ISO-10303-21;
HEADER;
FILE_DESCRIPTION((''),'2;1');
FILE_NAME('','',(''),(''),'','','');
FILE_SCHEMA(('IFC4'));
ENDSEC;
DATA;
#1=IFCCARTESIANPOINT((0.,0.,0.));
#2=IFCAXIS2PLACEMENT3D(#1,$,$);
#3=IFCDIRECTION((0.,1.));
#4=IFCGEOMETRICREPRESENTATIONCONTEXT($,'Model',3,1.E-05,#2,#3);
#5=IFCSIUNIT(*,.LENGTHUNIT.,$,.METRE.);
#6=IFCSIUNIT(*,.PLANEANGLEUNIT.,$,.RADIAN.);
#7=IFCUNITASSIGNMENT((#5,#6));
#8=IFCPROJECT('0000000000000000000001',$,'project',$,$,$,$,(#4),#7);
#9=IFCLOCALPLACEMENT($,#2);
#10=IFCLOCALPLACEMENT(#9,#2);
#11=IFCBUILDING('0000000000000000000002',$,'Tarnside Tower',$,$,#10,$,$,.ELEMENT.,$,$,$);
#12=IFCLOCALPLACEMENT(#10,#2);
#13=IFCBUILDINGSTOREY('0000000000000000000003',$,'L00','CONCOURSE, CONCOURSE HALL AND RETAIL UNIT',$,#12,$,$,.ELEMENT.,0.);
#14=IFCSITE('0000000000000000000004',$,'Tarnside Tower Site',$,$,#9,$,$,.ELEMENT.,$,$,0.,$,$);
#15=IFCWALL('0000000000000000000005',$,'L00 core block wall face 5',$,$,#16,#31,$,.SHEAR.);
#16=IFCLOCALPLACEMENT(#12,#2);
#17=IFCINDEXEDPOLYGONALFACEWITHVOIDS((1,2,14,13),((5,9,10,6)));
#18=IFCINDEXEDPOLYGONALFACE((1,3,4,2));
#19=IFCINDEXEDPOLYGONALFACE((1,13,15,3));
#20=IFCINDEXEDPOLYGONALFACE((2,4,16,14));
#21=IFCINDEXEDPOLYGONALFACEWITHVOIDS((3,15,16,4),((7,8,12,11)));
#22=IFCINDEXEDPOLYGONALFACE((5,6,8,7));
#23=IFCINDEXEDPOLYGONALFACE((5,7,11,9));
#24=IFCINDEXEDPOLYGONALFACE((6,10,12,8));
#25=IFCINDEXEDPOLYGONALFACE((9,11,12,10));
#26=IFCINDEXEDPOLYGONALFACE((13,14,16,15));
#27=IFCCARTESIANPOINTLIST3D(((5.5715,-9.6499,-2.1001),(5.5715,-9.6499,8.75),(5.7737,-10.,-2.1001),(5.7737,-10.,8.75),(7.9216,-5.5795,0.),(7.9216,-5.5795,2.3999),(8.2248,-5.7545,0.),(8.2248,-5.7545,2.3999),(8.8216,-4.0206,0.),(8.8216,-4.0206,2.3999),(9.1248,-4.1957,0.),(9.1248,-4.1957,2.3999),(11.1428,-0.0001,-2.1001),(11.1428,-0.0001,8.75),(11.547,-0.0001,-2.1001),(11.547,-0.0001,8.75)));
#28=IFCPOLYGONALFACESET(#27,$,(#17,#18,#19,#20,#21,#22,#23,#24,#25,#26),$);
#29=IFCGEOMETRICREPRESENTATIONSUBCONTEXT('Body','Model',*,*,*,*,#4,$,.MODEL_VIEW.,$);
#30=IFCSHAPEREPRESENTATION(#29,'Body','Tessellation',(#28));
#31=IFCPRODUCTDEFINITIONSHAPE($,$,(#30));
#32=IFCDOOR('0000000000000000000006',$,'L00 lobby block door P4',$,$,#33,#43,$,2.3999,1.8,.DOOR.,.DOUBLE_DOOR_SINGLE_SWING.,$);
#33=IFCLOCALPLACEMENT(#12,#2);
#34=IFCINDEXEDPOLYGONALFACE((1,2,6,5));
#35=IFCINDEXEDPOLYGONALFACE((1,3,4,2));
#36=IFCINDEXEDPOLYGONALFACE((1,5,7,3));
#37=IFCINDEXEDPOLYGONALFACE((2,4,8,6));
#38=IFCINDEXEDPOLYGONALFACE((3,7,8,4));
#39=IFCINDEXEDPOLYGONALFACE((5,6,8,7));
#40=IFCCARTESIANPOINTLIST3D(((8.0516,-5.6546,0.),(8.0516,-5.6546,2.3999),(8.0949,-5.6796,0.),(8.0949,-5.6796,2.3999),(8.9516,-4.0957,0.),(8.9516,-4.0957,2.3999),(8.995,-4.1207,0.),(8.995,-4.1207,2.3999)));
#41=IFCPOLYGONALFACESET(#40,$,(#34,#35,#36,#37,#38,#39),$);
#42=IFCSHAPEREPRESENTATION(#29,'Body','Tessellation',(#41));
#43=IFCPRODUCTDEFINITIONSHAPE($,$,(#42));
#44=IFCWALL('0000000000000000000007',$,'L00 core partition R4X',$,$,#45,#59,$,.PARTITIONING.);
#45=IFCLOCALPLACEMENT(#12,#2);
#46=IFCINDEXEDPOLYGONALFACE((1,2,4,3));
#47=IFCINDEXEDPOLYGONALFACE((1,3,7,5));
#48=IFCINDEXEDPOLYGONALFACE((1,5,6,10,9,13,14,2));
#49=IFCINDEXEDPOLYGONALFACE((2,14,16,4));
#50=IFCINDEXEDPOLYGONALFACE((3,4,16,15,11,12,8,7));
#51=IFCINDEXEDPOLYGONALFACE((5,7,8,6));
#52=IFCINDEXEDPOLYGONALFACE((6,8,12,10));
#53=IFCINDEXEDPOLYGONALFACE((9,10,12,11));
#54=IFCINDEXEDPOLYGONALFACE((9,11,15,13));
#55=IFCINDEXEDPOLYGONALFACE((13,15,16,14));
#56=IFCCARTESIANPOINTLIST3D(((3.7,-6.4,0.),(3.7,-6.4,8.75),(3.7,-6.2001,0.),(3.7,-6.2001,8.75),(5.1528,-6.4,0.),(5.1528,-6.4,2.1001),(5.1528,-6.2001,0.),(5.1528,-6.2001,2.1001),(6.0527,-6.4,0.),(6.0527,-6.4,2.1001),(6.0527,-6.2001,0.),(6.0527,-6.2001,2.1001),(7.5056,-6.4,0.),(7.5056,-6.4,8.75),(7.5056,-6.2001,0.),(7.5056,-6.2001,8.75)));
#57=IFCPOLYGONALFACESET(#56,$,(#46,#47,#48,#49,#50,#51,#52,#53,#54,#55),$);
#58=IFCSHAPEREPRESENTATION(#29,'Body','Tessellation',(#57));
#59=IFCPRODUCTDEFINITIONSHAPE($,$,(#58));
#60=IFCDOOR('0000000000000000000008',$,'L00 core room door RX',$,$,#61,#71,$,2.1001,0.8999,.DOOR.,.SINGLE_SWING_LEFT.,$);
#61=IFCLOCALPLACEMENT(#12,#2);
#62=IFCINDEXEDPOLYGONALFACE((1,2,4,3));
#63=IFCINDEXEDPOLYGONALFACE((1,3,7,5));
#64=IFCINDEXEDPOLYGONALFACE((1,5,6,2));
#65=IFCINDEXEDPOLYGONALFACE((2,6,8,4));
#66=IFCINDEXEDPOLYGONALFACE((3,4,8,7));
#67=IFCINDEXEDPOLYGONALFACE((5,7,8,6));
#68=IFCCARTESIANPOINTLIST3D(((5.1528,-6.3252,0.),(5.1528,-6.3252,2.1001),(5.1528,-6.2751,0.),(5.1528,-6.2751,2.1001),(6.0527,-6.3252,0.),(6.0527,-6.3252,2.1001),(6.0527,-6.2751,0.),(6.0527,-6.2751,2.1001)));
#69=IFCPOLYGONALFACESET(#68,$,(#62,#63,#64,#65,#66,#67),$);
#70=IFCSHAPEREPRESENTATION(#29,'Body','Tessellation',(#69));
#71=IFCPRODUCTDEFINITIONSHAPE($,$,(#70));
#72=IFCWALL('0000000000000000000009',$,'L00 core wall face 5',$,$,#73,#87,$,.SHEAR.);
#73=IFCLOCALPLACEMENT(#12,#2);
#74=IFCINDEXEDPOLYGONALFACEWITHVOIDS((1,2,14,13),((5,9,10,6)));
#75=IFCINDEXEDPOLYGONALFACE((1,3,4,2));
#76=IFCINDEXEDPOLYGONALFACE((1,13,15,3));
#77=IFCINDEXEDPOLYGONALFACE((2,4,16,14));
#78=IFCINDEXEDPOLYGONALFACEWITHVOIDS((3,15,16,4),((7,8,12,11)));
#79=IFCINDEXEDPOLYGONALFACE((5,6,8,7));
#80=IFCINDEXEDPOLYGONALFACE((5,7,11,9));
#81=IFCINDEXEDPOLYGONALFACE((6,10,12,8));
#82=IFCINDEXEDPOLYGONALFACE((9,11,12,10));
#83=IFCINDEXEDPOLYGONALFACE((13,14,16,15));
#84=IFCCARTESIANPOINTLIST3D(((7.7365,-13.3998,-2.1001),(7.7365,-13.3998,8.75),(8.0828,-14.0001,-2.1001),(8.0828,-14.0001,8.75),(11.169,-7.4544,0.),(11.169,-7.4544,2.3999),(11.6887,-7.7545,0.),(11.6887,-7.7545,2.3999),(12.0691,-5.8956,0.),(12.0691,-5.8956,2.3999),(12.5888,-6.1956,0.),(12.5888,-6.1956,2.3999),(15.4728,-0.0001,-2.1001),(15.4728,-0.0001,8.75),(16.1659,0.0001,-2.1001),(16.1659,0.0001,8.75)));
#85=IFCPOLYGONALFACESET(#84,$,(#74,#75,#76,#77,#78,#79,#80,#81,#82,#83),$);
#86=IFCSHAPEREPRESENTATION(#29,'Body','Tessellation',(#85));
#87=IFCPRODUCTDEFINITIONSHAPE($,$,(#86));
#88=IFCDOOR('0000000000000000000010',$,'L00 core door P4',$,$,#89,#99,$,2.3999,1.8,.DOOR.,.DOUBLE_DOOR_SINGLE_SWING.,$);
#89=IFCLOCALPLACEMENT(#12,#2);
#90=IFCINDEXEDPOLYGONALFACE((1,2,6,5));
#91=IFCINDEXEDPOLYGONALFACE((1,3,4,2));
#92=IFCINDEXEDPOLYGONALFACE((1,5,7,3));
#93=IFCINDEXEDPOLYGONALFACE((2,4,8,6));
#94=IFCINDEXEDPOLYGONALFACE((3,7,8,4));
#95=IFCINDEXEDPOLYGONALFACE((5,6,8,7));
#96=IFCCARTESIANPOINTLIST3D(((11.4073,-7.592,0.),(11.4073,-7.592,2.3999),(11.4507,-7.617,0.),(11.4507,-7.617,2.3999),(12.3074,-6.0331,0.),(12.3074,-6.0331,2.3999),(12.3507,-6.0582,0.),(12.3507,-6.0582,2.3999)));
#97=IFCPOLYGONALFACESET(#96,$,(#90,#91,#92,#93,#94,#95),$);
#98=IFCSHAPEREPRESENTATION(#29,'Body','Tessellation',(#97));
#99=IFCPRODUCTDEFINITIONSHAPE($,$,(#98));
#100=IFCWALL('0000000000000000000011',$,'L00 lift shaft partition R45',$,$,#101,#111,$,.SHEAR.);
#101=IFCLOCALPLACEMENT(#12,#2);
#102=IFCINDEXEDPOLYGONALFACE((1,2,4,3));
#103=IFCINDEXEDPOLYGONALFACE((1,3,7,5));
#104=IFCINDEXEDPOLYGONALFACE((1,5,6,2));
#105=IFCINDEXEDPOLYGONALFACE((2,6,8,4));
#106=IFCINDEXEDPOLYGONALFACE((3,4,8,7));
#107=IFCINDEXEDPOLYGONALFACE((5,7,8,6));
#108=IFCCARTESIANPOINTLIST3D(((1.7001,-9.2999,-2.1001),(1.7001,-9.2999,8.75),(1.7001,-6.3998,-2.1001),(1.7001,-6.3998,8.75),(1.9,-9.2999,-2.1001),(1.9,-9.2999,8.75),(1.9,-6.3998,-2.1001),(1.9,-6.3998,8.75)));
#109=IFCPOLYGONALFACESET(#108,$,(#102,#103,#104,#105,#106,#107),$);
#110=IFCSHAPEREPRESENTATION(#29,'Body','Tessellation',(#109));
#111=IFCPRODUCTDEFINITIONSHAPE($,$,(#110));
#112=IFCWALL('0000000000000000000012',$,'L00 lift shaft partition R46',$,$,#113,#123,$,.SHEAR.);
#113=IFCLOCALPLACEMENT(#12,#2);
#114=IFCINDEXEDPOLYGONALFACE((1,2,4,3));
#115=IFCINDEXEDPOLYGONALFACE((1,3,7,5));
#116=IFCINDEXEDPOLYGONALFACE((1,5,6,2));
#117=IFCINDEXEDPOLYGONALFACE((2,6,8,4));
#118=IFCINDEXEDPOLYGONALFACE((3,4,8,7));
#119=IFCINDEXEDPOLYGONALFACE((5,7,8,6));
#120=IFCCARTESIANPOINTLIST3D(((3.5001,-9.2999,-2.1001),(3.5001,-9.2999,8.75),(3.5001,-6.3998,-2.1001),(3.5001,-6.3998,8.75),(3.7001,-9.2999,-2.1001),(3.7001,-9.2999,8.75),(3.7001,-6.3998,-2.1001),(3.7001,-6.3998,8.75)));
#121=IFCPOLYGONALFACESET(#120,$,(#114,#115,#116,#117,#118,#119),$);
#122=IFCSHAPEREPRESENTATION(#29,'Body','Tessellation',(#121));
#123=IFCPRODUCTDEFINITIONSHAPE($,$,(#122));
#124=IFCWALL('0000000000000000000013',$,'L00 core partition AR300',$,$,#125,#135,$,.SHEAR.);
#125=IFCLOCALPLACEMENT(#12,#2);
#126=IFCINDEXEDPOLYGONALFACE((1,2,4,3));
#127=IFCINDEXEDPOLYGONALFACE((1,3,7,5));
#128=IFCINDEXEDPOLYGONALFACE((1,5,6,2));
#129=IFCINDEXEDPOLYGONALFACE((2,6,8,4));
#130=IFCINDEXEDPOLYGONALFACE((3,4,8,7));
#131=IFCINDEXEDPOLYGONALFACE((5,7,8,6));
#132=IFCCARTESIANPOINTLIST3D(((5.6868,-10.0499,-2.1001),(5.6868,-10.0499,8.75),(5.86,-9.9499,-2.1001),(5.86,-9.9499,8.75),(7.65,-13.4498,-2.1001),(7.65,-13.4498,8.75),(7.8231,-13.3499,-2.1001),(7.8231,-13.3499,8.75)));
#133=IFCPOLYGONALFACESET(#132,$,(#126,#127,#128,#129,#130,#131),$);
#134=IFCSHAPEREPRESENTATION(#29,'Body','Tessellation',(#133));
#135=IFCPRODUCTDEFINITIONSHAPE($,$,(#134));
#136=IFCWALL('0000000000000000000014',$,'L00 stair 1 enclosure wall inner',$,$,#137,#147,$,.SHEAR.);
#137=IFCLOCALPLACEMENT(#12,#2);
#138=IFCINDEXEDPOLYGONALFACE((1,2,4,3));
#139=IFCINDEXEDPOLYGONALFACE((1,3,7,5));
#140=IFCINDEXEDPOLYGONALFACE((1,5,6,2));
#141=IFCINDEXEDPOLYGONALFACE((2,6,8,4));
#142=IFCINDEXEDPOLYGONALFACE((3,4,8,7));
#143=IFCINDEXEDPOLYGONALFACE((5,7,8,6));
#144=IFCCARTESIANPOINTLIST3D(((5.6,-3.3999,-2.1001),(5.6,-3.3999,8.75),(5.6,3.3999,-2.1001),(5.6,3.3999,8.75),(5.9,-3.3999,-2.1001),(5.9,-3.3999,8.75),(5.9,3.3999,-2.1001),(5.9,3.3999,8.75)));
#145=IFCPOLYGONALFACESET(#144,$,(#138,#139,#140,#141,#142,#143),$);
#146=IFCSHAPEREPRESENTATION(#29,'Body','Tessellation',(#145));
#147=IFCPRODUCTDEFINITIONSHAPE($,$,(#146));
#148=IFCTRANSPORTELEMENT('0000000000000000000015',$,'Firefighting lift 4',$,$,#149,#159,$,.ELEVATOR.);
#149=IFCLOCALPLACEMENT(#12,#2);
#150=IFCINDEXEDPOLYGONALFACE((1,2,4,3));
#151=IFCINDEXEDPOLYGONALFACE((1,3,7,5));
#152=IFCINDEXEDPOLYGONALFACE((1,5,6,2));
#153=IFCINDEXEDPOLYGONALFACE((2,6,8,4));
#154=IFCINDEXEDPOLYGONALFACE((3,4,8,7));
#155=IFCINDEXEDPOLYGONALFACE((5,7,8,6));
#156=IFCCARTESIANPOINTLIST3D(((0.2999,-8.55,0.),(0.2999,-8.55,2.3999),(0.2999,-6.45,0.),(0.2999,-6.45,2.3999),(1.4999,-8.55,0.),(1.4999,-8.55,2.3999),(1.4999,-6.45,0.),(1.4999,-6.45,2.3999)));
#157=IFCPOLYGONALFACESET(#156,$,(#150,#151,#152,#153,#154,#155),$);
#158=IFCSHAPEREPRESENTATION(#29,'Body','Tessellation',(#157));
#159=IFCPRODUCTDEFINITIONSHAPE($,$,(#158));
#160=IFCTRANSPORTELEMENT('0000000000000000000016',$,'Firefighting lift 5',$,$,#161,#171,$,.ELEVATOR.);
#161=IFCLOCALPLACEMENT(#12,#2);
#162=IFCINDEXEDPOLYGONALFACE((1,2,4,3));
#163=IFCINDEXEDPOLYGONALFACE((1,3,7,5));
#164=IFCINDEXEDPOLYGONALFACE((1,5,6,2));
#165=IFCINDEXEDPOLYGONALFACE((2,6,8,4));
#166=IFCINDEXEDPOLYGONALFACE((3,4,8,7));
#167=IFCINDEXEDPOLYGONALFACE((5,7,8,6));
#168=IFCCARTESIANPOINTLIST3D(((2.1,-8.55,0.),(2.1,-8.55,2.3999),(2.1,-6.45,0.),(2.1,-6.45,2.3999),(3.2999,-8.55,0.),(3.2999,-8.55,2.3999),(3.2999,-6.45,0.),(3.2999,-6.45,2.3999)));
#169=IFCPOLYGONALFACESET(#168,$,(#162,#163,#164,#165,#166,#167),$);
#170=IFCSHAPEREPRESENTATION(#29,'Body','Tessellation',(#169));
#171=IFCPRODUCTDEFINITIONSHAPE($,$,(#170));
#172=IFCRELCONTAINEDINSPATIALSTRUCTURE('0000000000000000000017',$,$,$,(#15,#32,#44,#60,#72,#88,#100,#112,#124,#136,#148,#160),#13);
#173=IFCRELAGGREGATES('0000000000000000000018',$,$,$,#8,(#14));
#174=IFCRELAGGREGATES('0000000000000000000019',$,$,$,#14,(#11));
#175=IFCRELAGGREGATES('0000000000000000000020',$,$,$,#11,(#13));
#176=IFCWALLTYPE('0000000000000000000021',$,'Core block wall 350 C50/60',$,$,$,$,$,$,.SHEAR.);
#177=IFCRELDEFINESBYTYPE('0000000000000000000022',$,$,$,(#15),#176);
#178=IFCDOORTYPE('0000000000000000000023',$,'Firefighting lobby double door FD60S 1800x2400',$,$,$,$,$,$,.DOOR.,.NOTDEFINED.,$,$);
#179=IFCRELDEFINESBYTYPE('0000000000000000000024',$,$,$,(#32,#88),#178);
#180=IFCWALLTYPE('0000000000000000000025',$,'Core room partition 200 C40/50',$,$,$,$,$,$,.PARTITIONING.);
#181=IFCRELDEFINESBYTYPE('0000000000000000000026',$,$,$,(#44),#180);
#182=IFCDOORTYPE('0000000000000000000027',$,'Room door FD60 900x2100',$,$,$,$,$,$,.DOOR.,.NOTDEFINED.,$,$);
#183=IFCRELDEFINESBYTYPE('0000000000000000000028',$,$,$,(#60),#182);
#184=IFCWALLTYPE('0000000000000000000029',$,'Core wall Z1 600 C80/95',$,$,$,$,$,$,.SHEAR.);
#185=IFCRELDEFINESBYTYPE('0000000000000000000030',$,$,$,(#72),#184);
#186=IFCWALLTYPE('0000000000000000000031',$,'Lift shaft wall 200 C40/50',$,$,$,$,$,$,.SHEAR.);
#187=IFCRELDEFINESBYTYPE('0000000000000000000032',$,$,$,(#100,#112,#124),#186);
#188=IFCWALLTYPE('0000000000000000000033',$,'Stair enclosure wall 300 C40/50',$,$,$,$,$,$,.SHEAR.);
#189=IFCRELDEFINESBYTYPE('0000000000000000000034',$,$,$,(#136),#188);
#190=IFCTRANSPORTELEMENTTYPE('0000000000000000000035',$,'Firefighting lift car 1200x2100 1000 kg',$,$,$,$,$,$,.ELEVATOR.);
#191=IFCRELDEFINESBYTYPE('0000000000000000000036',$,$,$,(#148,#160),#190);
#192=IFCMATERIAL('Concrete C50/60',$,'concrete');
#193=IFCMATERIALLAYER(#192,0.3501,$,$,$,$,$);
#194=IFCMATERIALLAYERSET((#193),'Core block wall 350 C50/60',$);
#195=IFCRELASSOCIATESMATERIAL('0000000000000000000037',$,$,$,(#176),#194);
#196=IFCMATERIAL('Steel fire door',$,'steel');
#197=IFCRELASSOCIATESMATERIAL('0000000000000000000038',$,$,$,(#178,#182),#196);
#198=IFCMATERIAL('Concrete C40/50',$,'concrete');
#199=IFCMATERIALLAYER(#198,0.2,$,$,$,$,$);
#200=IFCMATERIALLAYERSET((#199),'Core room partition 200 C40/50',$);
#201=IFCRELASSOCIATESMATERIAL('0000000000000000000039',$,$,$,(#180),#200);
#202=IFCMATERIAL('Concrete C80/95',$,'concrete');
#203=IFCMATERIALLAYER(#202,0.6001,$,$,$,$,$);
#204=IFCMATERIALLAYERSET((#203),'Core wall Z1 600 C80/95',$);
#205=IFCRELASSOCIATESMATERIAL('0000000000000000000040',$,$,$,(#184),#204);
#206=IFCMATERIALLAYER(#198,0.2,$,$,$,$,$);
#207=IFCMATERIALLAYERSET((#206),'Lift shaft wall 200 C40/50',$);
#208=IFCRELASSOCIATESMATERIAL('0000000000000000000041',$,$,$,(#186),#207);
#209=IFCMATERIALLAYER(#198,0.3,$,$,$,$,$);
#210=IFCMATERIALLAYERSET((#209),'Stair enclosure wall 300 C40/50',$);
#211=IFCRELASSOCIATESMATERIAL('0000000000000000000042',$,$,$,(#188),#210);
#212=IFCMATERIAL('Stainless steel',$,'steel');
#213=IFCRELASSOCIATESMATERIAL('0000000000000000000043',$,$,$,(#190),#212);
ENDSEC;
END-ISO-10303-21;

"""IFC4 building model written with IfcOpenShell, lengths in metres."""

from ifc_helpers import new_model, si_unit, direction, frame, frame_2d, origin, origin_2d, place, context, subcontext, project, spatial, polyline, rectangle, outline, extrude, material, layer, layer_set, type_object, element, fill, save


model = new_model("IFC4")

# Units and contexts
model_context = context("Model", 3, precision=1e-05, world=origin(), true_north=direction((0.0, 1.0)))
body_context = subcontext(model_context, "Body", "Model", "MODEL_VIEW")
ifc_project = project(units=[si_unit("LENGTHUNIT", "METRE"), si_unit("PLANEANGLEUNIT", "RADIAN")], contexts=[model_context])

# Site, building, storey
site_placement = place(None, origin())
site = spatial("IfcSite", under=ifc_project, at=site_placement, Name="Tarnside Tower Site", CompositionType="ELEMENT", RefElevation=0.0)
building_placement = place(site_placement, origin())
building = spatial("IfcBuilding", under=site, at=building_placement, Name="Tarnside Tower", CompositionType="ELEMENT")
storey_placement = place(building_placement, origin())
storey = spatial("IfcBuildingStorey", under=building, at=storey_placement, Name="L00", Description="CONCOURSE, CONCOURSE HALL AND RETAIL UNIT", CompositionType="ELEMENT", Elevation=0.0)

# Walls, openings, doors
ifc_material_1 = material(Name="Concrete C50/60", Category="concrete")
ifc_layer_1 = layer(ifc_material_1, 0.3501)
ifc_layer_set_1 = layer_set([ifc_layer_1], Name="Core block wall 350 C50/60")
wall_type_1 = type_object("IfcWallType", Name="Core block wall 350 C50/60", PredefinedType="SHEAR", material=ifc_layer_set_1)
wall_1_placement = place(storey_placement, frame((5.6726, -9.825, -2.1001), z_axis=(0.0, 0.0, 1.0), x_axis=(0.499995, 0.866028, 0.0)))
wall_1 = element("IfcWall", 1, at=wall_1_placement, inside=storey, type_object=wall_type_1, Name="L00 core block wall face 5", PredefinedType="SHEAR", context=body_context, shape_type="SweptSolid", body=[
    extrude(outline(polyline([(-0.1011, -0.175), (11.4458, -0.175), (11.2437, 0.175), (0.1011, 0.175), (-0.1011, -0.175)])), origin(), (0.0, 0.0, 1.0), 10.8501),
])
opening_1_placement = place(wall_1_placement, frame((4.8013, 0.0, 2.1001)))
opening_1 = element("IfcOpeningElement", 2, at=opening_1_placement, cuts=wall_1, PredefinedType="OPENING", context=body_context, shape_type="SweptSolid", body=[
    extrude(rectangle(XDim=1.8, YDim=2.3999, at=frame_2d((0.8999, 1.2))), frame((0.0, 0.1851, 0.0), z_axis=(0.0, -1.0, 0.0), x_axis=(1.0, 0.0, 0.0)), (0.0, 0.0, 1.0), 0.3701),
])
ifc_material_2 = material(Name="Steel fire door", Category="steel")
door_type_1 = type_object("IfcDoorType", Name="Firefighting lobby double door FD60S 1800x2400", OperationType="NOTDEFINED", PredefinedType="DOOR", material=ifc_material_2)
door_1_placement = place(opening_1_placement, origin())
door_1 = element("IfcDoor", 3, at=door_1_placement, inside=storey, type_object=door_type_1, Name="L00 lobby block door P4", OperationType="DOUBLE_DOOR_SINGLE_SWING", OverallHeight=2.3999, OverallWidth=1.8, PredefinedType="DOOR", context=body_context, shape_type="SweptSolid", body=[
    extrude(rectangle(XDim=1.8, YDim=2.3999, at=frame_2d((0.8999, 1.2))), frame((0.0, 0.0249, 0.0), z_axis=(0.0, -1.0, 0.0), x_axis=(1.0, 0.0, 0.0)), (0.0, 0.0, 1.0), 0.05),
])
fill(opening_1, door_1)
ifc_material_3 = material(Name="Concrete C40/50", Category="concrete")
ifc_layer_2 = layer(ifc_material_3, 0.2)
ifc_layer_set_2 = layer_set([ifc_layer_2], Name="Core room partition 200 C40/50")
wall_type_2 = type_object("IfcWallType", Name="Core room partition 200 C40/50", PredefinedType="PARTITIONING", material=ifc_layer_set_2)
wall_2_placement = place(storey_placement, frame((3.7, -6.3, 0.0), z_axis=(0.0, 0.0, 1.0), x_axis=(1.0, 0.0, 0.0)))
wall_2 = element("IfcWall", 4, at=wall_2_placement, inside=storey, type_object=wall_type_2, Name="L00 core partition R4X", PredefinedType="PARTITIONING", context=body_context, shape_type="SweptSolid", body=[
    extrude(rectangle(XDim=3.8057, YDim=0.2, at=frame_2d((1.9028, 0.0))), origin(), (0.0, 0.0, 1.0), 8.75),
])
opening_2_placement = place(wall_2_placement, frame((1.4529, 0.0, 0.0)))
opening_2 = element("IfcOpeningElement", 5, at=opening_2_placement, cuts=wall_2, PredefinedType="OPENING", context=body_context, shape_type="SweptSolid", body=[
    extrude(rectangle(XDim=0.8999, YDim=2.1001, at=frame_2d((0.45, 1.05))), frame((0.0, 0.1099, 0.0), z_axis=(0.0, -1.0, 0.0), x_axis=(1.0, 0.0, 0.0)), (0.0, 0.0, 1.0), 0.22),
])
door_type_2 = type_object("IfcDoorType", Name="Room door FD60 900x2100", OperationType="NOTDEFINED", PredefinedType="DOOR", material=ifc_material_2)
door_2_placement = place(opening_2_placement, origin())
door_2 = element("IfcDoor", 6, at=door_2_placement, inside=storey, type_object=door_type_2, Name="L00 core room door RX", OperationType="SINGLE_SWING_LEFT", OverallHeight=2.1001, OverallWidth=0.8999, PredefinedType="DOOR", context=body_context, shape_type="SweptSolid", body=[
    extrude(rectangle(XDim=0.8999, YDim=2.1001, at=frame_2d((0.45, 1.05))), frame((0.0, 0.0249, 0.0), z_axis=(0.0, -1.0, 0.0), x_axis=(1.0, 0.0, 0.0)), (0.0, 0.0, 1.0), 0.05),
])
fill(opening_2, door_2)
ifc_material_4 = material(Name="Concrete C80/95", Category="concrete")
ifc_layer_3 = layer(ifc_material_4, 0.6001)
ifc_layer_set_3 = layer_set([ifc_layer_3], Name="Core wall Z1 600 C80/95")
wall_type_3 = type_object("IfcWallType", Name="Core wall Z1 600 C80/95", PredefinedType="SHEAR", material=ifc_layer_set_3)
wall_3_placement = place(storey_placement, frame((7.9097, -13.7, -2.1001), z_axis=(0.0, 0.0, 1.0), x_axis=(0.5, 0.866025, 0.0)))
wall_3 = element("IfcWall", 7, at=wall_3_placement, inside=storey, type_object=wall_type_3, Name="L00 core wall face 5", PredefinedType="SHEAR", context=body_context, shape_type="SweptSolid", body=[
    extrude(outline(polyline([(-0.1733, -0.3), (15.9927, -0.3), (15.646, 0.3), (0.1733, 0.3), (-0.1733, -0.3)])), origin(), (0.0, 0.0, 1.0), 10.8501),
])
opening_3_placement = place(wall_3_placement, frame((7.0386, 0.0, 2.1001)))
opening_3 = element("IfcOpeningElement", 8, at=opening_3_placement, cuts=wall_3, PredefinedType="OPENING", context=body_context, shape_type="SweptSolid", body=[
    extrude(rectangle(XDim=1.8, YDim=2.3999, at=frame_2d((0.8999, 1.2))), frame((0.0, 0.3101, 0.0), z_axis=(0.0, -1.0, 0.0), x_axis=(1.0, 0.0, 0.0)), (0.0, 0.0, 1.0), 0.6201),
])
door_3_placement = place(opening_3_placement, origin())
door_3 = element("IfcDoor", 9, at=door_3_placement, inside=storey, type_object=door_type_1, Name="L00 core door P4", OperationType="DOUBLE_DOOR_SINGLE_SWING", OverallHeight=2.3999, OverallWidth=1.8, PredefinedType="DOOR", context=body_context, shape_type="SweptSolid", body=[
    extrude(rectangle(XDim=1.8, YDim=2.3999, at=frame_2d((0.8999, 1.2))), frame((0.0, 0.0249, 0.0), z_axis=(0.0, -1.0, 0.0), x_axis=(1.0, 0.0, 0.0)), (0.0, 0.0, 1.0), 0.05),
])
fill(opening_3, door_3)

# Walls
ifc_layer_4 = layer(ifc_material_3, 0.2)
ifc_layer_set_4 = layer_set([ifc_layer_4], Name="Lift shaft wall 200 C40/50")
wall_type_4 = type_object("IfcWallType", Name="Lift shaft wall 200 C40/50", PredefinedType="SHEAR", material=ifc_layer_set_4)
for number, where, z_axis, x_axis, name in (
    (10, (1.8, -9.3, -2.1001), (0.0, 0.0, 1.0), (0.0, 1.0, 0.0), "L00 lift shaft partition R45"),
    (11, (3.6001, -9.3, -2.1001), (0.0, 0.0, 1.0), (0.0, 1.0, 0.0), "L00 lift shaft partition R46"),
):
    element("IfcWall", number, at=place(storey_placement, frame(where, z_axis=z_axis, x_axis=x_axis)), inside=storey, type_object=wall_type_4, Name=name, PredefinedType="SHEAR", context=body_context, shape_type="SweptSolid", body=[
        extrude(rectangle(XDim=2.9001, YDim=0.2, at=frame_2d((1.4502, 0.0))), origin(), (0.0, 0.0, 1.0), 10.8501),
    ])
wall_4_placement = place(storey_placement, frame((5.7734, -10.0, -2.1001), z_axis=(0.0, 0.0, 1.0), x_axis=(0.500038, -0.866003, 0.0)))
element("IfcWall", 12, at=wall_4_placement, inside=storey, type_object=wall_type_4, Name="L00 core partition AR300", PredefinedType="SHEAR", context=body_context, shape_type="SweptSolid", body=[
    extrude(rectangle(XDim=3.926, YDim=0.2, at=frame_2d((1.9629, 0.0))), origin(), (0.0, 0.0, 1.0), 10.8501),
])
ifc_layer_5 = layer(ifc_material_3, 0.3)
ifc_layer_set_5 = layer_set([ifc_layer_5], Name="Stair enclosure wall 300 C40/50")
wall_type_5 = type_object("IfcWallType", Name="Stair enclosure wall 300 C40/50", PredefinedType="SHEAR", material=ifc_layer_set_5)
wall_5_placement = place(storey_placement, frame((5.75, -3.3999, -2.1001), z_axis=(0.0, 0.0, 1.0), x_axis=(0.0, 1.0, 0.0)))
element("IfcWall", 13, at=wall_5_placement, inside=storey, type_object=wall_type_5, Name="L00 stair 1 enclosure wall inner", PredefinedType="SHEAR", context=body_context, shape_type="SweptSolid", body=[
    extrude(rectangle(XDim=6.7998, YDim=0.3, at=frame_2d((3.3999, 0.0))), origin(), (0.0, 0.0, 1.0), 10.8501),
])

# Transport elements
ifc_material_5 = material(Name="Stainless steel", Category="steel")
transport_element_type = type_object("IfcTransportElementType", Name="Firefighting lift car 1200x2100 1000 kg", PredefinedType="ELEVATOR", material=ifc_material_5)
for number, where, z_axis, x_axis, name in (
    (14, (0.8999, -7.5, 0.0), (0.0, 0.0, 1.0), (1.0, 0.0, 0.0), "Firefighting lift 4"),
    (15, (2.7, -7.5, 0.0), (0.0, 0.0, 1.0), (1.0, 0.0, 0.0), "Firefighting lift 5"),
):
    element("IfcTransportElement", number, at=place(storey_placement, frame(where, z_axis=z_axis, x_axis=x_axis)), inside=storey, type_object=transport_element_type, Name=name, PredefinedType="ELEVATOR", context=body_context, shape_type="SweptSolid", body=[
        extrude(rectangle(XDim=1.2, YDim=2.1001, at=origin_2d()), origin(), (0.0, 0.0, 1.0), 2.3999),
    ])

save(model, "model.ifc")
